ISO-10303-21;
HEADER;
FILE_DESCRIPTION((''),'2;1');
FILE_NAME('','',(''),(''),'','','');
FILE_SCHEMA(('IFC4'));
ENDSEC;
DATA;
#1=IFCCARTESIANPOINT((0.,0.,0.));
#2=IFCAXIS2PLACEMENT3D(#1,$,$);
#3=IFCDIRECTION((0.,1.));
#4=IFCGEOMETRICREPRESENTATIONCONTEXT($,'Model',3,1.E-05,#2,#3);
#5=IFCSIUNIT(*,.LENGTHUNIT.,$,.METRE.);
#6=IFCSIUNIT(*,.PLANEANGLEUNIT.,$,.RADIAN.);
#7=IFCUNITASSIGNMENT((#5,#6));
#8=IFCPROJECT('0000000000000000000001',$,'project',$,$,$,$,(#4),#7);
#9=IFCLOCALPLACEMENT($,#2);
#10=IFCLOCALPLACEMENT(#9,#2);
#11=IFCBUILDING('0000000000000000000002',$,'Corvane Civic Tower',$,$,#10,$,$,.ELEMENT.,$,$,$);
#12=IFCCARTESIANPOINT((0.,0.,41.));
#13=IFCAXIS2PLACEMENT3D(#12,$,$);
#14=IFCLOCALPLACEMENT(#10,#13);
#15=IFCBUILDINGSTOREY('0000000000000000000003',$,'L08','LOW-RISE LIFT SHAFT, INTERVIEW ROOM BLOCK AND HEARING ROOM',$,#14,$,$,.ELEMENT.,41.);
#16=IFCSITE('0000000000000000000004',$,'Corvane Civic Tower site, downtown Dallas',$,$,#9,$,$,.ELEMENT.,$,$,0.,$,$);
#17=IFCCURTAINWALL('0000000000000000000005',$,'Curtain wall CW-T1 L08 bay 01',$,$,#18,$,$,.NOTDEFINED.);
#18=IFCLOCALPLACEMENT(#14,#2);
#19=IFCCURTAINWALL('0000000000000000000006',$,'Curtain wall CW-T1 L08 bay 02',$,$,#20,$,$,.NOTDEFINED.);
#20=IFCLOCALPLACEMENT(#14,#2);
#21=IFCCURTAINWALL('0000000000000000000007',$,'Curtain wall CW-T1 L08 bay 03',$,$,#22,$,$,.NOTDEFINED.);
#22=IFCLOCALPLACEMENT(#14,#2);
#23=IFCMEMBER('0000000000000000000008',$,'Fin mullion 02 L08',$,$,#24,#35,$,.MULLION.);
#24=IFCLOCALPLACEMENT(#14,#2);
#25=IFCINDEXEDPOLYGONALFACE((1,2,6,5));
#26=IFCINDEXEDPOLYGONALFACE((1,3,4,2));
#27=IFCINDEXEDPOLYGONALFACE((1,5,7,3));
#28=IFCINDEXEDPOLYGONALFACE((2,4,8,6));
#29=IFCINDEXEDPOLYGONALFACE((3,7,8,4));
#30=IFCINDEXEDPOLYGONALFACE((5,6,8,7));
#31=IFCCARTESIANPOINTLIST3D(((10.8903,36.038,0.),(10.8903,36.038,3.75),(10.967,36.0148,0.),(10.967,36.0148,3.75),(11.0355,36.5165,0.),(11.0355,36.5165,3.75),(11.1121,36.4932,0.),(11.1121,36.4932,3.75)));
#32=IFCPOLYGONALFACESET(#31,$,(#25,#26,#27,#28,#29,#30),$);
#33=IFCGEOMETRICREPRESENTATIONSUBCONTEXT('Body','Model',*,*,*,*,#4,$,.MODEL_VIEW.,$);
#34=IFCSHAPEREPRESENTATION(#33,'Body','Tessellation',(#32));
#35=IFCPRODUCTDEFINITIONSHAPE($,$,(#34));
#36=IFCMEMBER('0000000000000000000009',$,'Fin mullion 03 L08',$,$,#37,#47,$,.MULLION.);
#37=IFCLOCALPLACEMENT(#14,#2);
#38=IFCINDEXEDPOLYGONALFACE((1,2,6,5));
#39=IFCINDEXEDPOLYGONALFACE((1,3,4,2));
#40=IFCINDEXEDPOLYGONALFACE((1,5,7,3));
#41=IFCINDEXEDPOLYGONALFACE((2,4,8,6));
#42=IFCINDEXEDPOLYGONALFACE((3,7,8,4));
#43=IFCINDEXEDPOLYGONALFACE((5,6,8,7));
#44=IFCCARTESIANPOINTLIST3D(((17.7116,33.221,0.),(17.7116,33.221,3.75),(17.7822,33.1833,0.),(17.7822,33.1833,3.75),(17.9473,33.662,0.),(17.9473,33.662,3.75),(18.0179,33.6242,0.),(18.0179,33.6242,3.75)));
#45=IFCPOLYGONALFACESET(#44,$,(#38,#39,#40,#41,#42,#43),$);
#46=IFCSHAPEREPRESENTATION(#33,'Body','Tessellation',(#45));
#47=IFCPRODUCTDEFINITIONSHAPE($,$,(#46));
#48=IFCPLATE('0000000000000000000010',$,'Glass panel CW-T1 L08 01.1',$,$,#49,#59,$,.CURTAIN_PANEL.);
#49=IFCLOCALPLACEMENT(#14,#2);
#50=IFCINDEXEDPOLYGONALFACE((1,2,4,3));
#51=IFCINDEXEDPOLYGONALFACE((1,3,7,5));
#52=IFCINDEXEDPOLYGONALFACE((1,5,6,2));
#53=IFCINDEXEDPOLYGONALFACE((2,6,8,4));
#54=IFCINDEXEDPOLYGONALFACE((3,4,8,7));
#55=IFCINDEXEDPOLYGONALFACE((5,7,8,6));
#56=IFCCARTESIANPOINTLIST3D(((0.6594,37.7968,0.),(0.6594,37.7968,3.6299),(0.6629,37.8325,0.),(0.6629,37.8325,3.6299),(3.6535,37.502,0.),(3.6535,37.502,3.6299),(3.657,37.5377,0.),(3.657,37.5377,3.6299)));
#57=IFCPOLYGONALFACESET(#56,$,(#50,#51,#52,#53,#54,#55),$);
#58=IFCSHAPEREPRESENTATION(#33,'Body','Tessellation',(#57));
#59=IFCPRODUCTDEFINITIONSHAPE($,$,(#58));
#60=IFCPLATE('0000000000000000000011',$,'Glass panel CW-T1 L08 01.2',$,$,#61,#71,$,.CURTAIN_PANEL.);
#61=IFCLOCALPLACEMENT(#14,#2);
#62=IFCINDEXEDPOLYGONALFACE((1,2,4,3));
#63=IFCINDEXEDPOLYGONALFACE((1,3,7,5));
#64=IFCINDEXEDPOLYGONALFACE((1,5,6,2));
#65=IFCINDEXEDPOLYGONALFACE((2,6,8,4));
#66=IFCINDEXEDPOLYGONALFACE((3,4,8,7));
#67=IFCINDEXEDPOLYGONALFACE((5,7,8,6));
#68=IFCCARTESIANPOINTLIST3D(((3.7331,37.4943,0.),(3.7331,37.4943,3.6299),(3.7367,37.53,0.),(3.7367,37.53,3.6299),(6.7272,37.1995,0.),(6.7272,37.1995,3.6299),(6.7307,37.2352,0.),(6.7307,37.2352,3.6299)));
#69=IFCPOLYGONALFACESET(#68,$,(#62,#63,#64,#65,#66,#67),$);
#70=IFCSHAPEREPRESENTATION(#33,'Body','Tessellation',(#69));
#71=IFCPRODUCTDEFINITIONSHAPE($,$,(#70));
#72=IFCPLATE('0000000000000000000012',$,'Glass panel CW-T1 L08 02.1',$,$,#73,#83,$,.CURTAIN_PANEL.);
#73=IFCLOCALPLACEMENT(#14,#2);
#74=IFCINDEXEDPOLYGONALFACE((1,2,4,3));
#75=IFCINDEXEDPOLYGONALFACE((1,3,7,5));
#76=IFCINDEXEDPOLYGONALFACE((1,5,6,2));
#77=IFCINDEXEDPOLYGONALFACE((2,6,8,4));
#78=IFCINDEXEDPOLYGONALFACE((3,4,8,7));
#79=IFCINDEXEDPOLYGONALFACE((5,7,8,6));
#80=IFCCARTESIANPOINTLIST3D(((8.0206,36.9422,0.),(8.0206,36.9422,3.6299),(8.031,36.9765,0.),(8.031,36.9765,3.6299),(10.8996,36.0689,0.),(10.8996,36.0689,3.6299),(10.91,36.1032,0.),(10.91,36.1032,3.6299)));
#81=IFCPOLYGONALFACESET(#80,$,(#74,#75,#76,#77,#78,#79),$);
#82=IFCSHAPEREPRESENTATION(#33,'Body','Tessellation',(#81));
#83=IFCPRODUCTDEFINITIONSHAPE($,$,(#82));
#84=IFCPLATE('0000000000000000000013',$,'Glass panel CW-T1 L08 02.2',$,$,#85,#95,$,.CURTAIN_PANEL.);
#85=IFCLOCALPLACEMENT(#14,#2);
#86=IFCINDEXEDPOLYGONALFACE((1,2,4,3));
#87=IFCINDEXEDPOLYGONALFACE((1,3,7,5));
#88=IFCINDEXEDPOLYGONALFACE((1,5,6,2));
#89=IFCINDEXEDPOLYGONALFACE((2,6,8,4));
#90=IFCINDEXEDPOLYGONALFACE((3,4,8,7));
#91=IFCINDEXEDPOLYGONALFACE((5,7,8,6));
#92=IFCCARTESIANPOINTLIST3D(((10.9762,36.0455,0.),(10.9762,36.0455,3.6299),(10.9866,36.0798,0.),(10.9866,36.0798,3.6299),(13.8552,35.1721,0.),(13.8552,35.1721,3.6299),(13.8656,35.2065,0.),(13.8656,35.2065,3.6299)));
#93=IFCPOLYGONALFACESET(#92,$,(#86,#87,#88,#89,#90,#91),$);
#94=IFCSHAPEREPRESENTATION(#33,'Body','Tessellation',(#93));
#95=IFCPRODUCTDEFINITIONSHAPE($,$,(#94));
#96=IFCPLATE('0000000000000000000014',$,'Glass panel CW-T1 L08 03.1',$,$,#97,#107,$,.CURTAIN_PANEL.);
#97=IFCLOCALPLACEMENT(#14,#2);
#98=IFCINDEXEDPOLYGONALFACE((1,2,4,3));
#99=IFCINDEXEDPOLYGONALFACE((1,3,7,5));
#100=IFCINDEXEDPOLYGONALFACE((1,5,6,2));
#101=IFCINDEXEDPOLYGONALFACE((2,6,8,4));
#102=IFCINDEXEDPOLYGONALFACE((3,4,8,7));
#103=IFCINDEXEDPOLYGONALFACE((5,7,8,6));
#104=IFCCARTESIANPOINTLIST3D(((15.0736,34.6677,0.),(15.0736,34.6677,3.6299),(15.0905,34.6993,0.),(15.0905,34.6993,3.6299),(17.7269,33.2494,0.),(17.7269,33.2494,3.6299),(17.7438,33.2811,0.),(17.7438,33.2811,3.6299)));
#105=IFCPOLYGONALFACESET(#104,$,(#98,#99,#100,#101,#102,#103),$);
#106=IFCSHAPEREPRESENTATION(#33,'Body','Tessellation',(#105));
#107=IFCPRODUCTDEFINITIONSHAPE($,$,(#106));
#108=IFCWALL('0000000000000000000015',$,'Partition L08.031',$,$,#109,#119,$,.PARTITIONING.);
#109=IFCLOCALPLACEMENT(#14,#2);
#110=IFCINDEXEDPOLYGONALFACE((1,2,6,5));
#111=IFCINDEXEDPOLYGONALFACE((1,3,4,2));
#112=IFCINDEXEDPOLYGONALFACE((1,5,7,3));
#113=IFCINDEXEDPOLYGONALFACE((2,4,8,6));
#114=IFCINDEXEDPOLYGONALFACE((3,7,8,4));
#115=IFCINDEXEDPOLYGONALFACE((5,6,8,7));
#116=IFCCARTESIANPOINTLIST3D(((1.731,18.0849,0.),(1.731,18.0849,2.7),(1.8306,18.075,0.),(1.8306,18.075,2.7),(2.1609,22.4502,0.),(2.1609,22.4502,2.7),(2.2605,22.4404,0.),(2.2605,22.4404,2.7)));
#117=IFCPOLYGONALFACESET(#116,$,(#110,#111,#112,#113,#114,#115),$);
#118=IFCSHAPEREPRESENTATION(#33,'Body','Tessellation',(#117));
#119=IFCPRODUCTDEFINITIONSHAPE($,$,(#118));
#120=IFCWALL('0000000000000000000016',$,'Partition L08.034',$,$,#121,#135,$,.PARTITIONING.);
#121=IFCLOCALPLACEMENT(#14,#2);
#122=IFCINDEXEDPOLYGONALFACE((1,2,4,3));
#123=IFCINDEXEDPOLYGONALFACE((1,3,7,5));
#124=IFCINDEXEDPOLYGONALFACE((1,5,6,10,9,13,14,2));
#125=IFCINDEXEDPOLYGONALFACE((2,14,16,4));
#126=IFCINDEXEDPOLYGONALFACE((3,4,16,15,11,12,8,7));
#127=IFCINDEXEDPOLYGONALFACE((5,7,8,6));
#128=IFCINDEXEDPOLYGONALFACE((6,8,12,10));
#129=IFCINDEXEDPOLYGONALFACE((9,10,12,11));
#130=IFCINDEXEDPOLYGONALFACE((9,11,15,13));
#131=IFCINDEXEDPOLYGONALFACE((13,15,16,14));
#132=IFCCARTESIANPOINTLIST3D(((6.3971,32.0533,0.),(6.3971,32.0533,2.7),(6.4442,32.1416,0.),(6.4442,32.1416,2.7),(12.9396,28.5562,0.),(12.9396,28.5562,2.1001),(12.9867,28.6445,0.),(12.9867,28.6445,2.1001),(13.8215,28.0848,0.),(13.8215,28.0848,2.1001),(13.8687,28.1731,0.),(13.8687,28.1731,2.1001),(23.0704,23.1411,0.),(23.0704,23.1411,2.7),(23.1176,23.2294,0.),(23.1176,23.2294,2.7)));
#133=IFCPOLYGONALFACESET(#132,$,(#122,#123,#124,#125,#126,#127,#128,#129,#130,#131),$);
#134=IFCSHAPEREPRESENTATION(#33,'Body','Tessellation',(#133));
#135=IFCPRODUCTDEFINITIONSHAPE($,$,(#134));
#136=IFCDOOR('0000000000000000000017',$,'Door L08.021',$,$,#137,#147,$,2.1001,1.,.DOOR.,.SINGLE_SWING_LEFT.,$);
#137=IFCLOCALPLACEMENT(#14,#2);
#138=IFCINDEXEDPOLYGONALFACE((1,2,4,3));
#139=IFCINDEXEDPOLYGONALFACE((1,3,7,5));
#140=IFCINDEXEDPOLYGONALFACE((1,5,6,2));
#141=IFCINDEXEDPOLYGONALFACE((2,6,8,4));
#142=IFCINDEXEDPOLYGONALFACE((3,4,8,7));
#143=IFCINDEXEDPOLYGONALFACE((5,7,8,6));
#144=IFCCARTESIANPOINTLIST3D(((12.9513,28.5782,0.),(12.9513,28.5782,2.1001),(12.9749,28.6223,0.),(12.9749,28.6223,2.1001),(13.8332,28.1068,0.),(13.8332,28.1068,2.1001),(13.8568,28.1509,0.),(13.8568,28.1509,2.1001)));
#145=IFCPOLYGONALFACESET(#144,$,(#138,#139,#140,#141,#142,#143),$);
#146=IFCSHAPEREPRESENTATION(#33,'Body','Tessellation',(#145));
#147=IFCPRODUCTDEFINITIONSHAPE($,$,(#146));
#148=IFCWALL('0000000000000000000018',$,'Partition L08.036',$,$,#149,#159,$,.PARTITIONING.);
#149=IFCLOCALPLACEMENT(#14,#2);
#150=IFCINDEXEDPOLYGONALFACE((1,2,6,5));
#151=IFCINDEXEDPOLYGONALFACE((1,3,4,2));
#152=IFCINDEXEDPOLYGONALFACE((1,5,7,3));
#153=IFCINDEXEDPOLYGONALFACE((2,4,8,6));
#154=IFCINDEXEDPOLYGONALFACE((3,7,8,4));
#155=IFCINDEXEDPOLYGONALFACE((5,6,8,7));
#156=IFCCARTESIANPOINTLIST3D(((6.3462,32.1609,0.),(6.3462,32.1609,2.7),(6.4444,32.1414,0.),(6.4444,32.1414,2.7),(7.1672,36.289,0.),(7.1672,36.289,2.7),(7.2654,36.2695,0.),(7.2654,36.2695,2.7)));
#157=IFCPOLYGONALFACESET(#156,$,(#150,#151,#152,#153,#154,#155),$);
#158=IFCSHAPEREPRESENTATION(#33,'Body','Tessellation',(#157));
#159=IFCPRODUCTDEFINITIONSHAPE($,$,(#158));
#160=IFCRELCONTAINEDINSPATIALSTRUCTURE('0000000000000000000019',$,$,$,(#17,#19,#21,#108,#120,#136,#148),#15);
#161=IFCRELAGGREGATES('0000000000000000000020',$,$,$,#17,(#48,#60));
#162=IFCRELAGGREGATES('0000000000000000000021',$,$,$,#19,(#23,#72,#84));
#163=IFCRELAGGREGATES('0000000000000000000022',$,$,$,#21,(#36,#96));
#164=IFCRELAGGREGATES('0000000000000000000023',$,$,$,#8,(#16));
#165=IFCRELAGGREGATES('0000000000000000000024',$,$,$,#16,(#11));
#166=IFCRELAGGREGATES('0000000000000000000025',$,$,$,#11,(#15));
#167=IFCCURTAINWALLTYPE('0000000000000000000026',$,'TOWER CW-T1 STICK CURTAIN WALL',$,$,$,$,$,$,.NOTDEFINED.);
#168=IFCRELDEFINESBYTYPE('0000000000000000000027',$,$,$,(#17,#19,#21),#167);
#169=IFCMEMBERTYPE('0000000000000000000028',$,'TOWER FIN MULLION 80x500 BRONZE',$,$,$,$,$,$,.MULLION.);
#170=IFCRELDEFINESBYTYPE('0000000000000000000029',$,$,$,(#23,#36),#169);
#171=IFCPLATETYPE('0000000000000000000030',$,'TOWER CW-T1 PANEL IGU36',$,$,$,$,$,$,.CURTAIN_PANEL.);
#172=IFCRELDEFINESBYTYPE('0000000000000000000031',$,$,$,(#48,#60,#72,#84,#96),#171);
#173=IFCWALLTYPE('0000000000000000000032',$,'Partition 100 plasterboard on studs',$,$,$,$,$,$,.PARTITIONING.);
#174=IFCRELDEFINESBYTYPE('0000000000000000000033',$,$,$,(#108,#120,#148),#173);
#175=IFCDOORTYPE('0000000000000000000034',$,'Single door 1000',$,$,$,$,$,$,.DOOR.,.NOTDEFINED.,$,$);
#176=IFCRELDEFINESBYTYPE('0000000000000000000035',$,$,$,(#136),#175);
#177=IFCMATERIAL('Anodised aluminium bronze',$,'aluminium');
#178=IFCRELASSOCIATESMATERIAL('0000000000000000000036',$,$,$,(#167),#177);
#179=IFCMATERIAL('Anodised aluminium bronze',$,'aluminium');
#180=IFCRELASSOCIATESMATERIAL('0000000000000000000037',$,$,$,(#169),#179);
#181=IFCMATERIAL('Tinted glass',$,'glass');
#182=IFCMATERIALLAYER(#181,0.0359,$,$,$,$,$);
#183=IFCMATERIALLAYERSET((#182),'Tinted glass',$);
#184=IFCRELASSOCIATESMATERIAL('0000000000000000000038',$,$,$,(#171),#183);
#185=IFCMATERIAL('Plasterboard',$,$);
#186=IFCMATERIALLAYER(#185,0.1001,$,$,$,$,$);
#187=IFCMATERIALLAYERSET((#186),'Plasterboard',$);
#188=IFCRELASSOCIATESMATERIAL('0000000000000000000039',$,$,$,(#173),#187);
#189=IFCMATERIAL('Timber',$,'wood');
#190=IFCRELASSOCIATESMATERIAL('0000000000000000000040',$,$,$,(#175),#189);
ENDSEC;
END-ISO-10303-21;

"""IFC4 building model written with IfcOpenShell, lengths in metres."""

from ifc_helpers import new_model, si_unit, direction, frame, frame_2d, origin, origin_2d, place, context, subcontext, project, spatial, rectangle, extrude, material, layer, layer_set, material_profile, profile_set, type_object, element, fill, aggregate, save


model = new_model("IFC4")

# Units and contexts
model_context = context("Model", 3, precision=1e-05, world=origin(), true_north=direction((0.0, 1.0)))
body_context = subcontext(model_context, "Body", "Model", "MODEL_VIEW")
ifc_project = project(units=[si_unit("LENGTHUNIT", "METRE"), si_unit("PLANEANGLEUNIT", "RADIAN")], contexts=[model_context])

# Site, building, storey
site_placement = place(None, origin())
site = spatial("IfcSite", under=ifc_project, at=site_placement, Name="Corvane Civic Tower site, downtown Dallas", CompositionType="ELEMENT", RefElevation=0.0)
building_placement = place(site_placement, origin())
building = spatial("IfcBuilding", under=site, at=building_placement, Name="Corvane Civic Tower", CompositionType="ELEMENT")
storey_placement = place(building_placement, frame((0.0, 0.0, 41.0)))
storey = spatial("IfcBuildingStorey", under=building, at=storey_placement, Name="L08", Description="LOW-RISE LIFT SHAFT, INTERVIEW ROOM BLOCK AND HEARING ROOM", CompositionType="ELEMENT", Elevation=41.0)

# Curtain walls
ifc_material_1 = material(Name="Anodised aluminium bronze", Category="aluminium")
curtain_wall_type = type_object("IfcCurtainWallType", Name="TOWER CW-T1 STICK CURTAIN WALL", PredefinedType="NOTDEFINED", material=ifc_material_1)
curtain_wall_1_placement = place(storey_placement, origin())
curtain_wall_1 = element("IfcCurtainWall", 1, at=curtain_wall_1_placement, inside=storey, type_object=curtain_wall_type, Name="Curtain wall CW-T1 L08 bay 01", PredefinedType="NOTDEFINED")
curtain_wall_2_placement = place(storey_placement, origin())
curtain_wall_2 = element("IfcCurtainWall", 2, at=curtain_wall_2_placement, inside=storey, type_object=curtain_wall_type, Name="Curtain wall CW-T1 L08 bay 02", PredefinedType="NOTDEFINED")
curtain_wall_3_placement = place(storey_placement, origin())
curtain_wall_3 = element("IfcCurtainWall", 3, at=curtain_wall_3_placement, inside=storey, type_object=curtain_wall_type, Name="Curtain wall CW-T1 L08 bay 03", PredefinedType="NOTDEFINED")

# Members
ifc_material_2 = material(Name="Anodised aluminium bronze", Category="aluminium")
ifc_material_profile_1 = material_profile(ifc_material_2, rectangle(XDim=0.0801, YDim=0.5, at=origin_2d()), Name="TOWER FIN MULLION 80x500 BRONZE")
ifc_profile_set_1 = profile_set([ifc_material_profile_1], Name="Anodised aluminium bronze")
member_type_1 = type_object("IfcMemberType", Name="TOWER FIN MULLION 80x500 BRONZE", PredefinedType="MULLION", material=ifc_profile_set_1)
member_1_placement = place(storey_placement, frame((11.0012, 36.2656, 0.0), z_axis=(0.0, 0.0, 1.0), x_axis=(0.956942, -0.290278, 0.0)))
member_1 = element("IfcMember", 4, at=member_1_placement, type_object=member_type_1, Name="Fin mullion 02 L08", PredefinedType="MULLION", context=body_context, shape_type="SweptSolid", body=[
    extrude(rectangle(XDim=0.0801, YDim=0.5, at=origin_2d()), origin(), (0.0, 0.0, 1.0), 3.75),
])
member_2_placement = place(storey_placement, frame((17.8647, 33.4226, 0.0), z_axis=(0.0, 0.0, 1.0), x_axis=(0.881918, -0.471404, 0.0)))
member_2 = element("IfcMember", 5, at=member_2_placement, type_object=member_type_1, Name="Fin mullion 03 L08", PredefinedType="MULLION", context=body_context, shape_type="SweptSolid", body=[
    extrude(rectangle(XDim=0.0801, YDim=0.5, at=origin_2d()), origin(), (0.0, 0.0, 1.0), 3.75),
])

# Plates
ifc_material_3 = material(Name="Tinted glass", Category="glass")
ifc_layer_1 = layer(ifc_material_3, 0.0359)
ifc_layer_set_1 = layer_set([ifc_layer_1], Name="Tinted glass")
plate_type = type_object("IfcPlateType", Name="TOWER CW-T1 PANEL IGU36", PredefinedType="CURTAIN_PANEL", material=ifc_layer_set_1)
plate_1_placement = place(storey_placement, frame((2.1582, 37.6672, 0.0), z_axis=(0.0, 0.0, 1.0), x_axis=(0.995186, -0.098006, 0.0)))
plate_1 = element("IfcPlate", 6, at=plate_1_placement, type_object=plate_type, Name="Glass panel CW-T1 L08 01.1", PredefinedType="CURTAIN_PANEL", context=body_context, shape_type="SweptSolid", body=[
    extrude(rectangle(XDim=3.0085, YDim=0.0359, at=origin_2d()), origin(), (0.0, 0.0, 1.0), 3.6299),
])
plate_2_placement = place(storey_placement, frame((5.2319, 37.3647, 0.0), z_axis=(0.0, 0.0, 1.0), x_axis=(0.995186, -0.098006, 0.0)))
plate_2 = element("IfcPlate", 7, at=plate_2_placement, type_object=plate_type, Name="Glass panel CW-T1 L08 01.2", PredefinedType="CURTAIN_PANEL", context=body_context, shape_type="SweptSolid", body=[
    extrude(rectangle(XDim=3.0085, YDim=0.0359, at=origin_2d()), origin(), (0.0, 0.0, 1.0), 3.6299),
])
aggregate(curtain_wall_1, [plate_1, plate_2])
plate_3_placement = place(storey_placement, frame((9.4653, 36.5227, 0.0), z_axis=(0.0, 0.0, 1.0), x_axis=(0.956942, -0.290278, 0.0)))
plate_3 = element("IfcPlate", 8, at=plate_3_placement, type_object=plate_type, Name="Glass panel CW-T1 L08 02.1", PredefinedType="CURTAIN_PANEL", context=body_context, shape_type="SweptSolid", body=[
    extrude(rectangle(XDim=3.0085, YDim=0.0359, at=origin_2d()), origin(), (0.0, 0.0, 1.0), 3.6299),
])
plate_4_placement = place(storey_placement, frame((12.4209, 35.626, 0.0), z_axis=(0.0, 0.0, 1.0), x_axis=(0.956942, -0.290278, 0.0)))
plate_4 = element("IfcPlate", 9, at=plate_4_placement, type_object=plate_type, Name="Glass panel CW-T1 L08 02.2", PredefinedType="CURTAIN_PANEL", context=body_context, shape_type="SweptSolid", body=[
    extrude(rectangle(XDim=3.0085, YDim=0.0359, at=origin_2d()), origin(), (0.0, 0.0, 1.0), 3.6299),
])
aggregate(curtain_wall_2, [member_1, plate_3, plate_4])
plate_5_placement = place(storey_placement, frame((16.4087, 33.9744, 0.0), z_axis=(0.0, 0.0, 1.0), x_axis=(0.881918, -0.471404, 0.0)))
plate_5 = element("IfcPlate", 10, at=plate_5_placement, type_object=plate_type, Name="Glass panel CW-T1 L08 03.1", PredefinedType="CURTAIN_PANEL", context=body_context, shape_type="SweptSolid", body=[
    extrude(rectangle(XDim=3.0085, YDim=0.0359, at=origin_2d()), origin(), (0.0, 0.0, 1.0), 3.6299),
])
aggregate(curtain_wall_3, [member_2, plate_5])

# Wall
ifc_material_4 = material(Name="Plasterboard")
ifc_layer_2 = layer(ifc_material_4, 0.1001)
ifc_layer_set_2 = layer_set([ifc_layer_2], Name="Plasterboard")
wall_type = type_object("IfcWallType", Name="Partition 100 plasterboard on studs", PredefinedType="PARTITIONING", material=ifc_layer_set_2)
wall_1_placement = place(storey_placement, frame((1.7808, 18.0798, 0.0), z_axis=(0.0, 0.0, 1.0), x_axis=(0.098016, 0.995185, 0.0)))
element("IfcWall", 11, at=wall_1_placement, inside=storey, type_object=wall_type, Name="Partition L08.031", PredefinedType="PARTITIONING", context=body_context, shape_type="SweptSolid", body=[
    extrude(rectangle(XDim=4.3865, YDim=0.1001, at=frame_2d((2.1934, 0.0))), origin(), (0.0, 0.0, 1.0), 2.7),
])

# Wall, opening, door
wall_2_placement = place(storey_placement, frame((6.4207, 32.0974, 0.0), z_axis=(0.0, 0.0, 1.0), x_axis=(0.881921, -0.471398, 0.0)))
wall_2 = element("IfcWall", 12, at=wall_2_placement, inside=storey, type_object=wall_type, Name="Partition L08.034", PredefinedType="PARTITIONING", context=body_context, shape_type="SweptSolid", body=[
    extrude(rectangle(XDim=18.9058, YDim=0.1001, at=frame_2d((9.4529, 0.0))), origin(), (0.0, 0.0, 1.0), 2.7),
])
opening_placement = place(wall_2_placement, frame((7.4185, 0.0, 0.0)))
opening = element("IfcOpeningElement", 13, at=opening_placement, cuts=wall_2, PredefinedType="OPENING", context=body_context, shape_type="SweptSolid", body=[
    extrude(rectangle(XDim=1.0, YDim=2.1001, at=frame_2d((0.5, 1.05))), frame((0.0, 0.0601, 0.0), z_axis=(0.0, -1.0, 0.0), x_axis=(1.0, 0.0, 0.0)), (0.0, 0.0, 1.0), 0.1201),
])
ifc_material_5 = material(Name="Timber", Category="wood")
door_type = type_object("IfcDoorType", Name="Single door 1000", OperationType="NOTDEFINED", PredefinedType="DOOR", material=ifc_material_5)
door_placement = place(opening_placement, origin())
door = element("IfcDoor", 14, at=door_placement, inside=storey, type_object=door_type, Name="Door L08.021", OperationType="SINGLE_SWING_LEFT", OverallHeight=2.1001, OverallWidth=1.0, PredefinedType="DOOR", context=body_context, shape_type="SweptSolid", body=[
    extrude(rectangle(XDim=1.0, YDim=2.1001, at=frame_2d((0.5, 1.05))), frame((0.0, 0.0249, 0.0), z_axis=(0.0, -1.0, 0.0), x_axis=(1.0, 0.0, 0.0)), (0.0, 0.0, 1.0), 0.05),
])
fill(opening, door)

# Wall
wall_3_placement = place(storey_placement, frame((6.3953, 32.1511, 0.0), z_axis=(0.0, 0.0, 1.0), x_axis=(0.195067, 0.98079, 0.0)))
element("IfcWall", 15, at=wall_3_placement, inside=storey, type_object=wall_type, Name="Partition L08.036", PredefinedType="PARTITIONING", context=body_context, shape_type="SweptSolid", body=[
    extrude(rectangle(XDim=4.209, YDim=0.1001, at=frame_2d((2.1045, 0.0))), origin(), (0.0, 0.0, 1.0), 2.7),
])

save(model, "model.ifc")
